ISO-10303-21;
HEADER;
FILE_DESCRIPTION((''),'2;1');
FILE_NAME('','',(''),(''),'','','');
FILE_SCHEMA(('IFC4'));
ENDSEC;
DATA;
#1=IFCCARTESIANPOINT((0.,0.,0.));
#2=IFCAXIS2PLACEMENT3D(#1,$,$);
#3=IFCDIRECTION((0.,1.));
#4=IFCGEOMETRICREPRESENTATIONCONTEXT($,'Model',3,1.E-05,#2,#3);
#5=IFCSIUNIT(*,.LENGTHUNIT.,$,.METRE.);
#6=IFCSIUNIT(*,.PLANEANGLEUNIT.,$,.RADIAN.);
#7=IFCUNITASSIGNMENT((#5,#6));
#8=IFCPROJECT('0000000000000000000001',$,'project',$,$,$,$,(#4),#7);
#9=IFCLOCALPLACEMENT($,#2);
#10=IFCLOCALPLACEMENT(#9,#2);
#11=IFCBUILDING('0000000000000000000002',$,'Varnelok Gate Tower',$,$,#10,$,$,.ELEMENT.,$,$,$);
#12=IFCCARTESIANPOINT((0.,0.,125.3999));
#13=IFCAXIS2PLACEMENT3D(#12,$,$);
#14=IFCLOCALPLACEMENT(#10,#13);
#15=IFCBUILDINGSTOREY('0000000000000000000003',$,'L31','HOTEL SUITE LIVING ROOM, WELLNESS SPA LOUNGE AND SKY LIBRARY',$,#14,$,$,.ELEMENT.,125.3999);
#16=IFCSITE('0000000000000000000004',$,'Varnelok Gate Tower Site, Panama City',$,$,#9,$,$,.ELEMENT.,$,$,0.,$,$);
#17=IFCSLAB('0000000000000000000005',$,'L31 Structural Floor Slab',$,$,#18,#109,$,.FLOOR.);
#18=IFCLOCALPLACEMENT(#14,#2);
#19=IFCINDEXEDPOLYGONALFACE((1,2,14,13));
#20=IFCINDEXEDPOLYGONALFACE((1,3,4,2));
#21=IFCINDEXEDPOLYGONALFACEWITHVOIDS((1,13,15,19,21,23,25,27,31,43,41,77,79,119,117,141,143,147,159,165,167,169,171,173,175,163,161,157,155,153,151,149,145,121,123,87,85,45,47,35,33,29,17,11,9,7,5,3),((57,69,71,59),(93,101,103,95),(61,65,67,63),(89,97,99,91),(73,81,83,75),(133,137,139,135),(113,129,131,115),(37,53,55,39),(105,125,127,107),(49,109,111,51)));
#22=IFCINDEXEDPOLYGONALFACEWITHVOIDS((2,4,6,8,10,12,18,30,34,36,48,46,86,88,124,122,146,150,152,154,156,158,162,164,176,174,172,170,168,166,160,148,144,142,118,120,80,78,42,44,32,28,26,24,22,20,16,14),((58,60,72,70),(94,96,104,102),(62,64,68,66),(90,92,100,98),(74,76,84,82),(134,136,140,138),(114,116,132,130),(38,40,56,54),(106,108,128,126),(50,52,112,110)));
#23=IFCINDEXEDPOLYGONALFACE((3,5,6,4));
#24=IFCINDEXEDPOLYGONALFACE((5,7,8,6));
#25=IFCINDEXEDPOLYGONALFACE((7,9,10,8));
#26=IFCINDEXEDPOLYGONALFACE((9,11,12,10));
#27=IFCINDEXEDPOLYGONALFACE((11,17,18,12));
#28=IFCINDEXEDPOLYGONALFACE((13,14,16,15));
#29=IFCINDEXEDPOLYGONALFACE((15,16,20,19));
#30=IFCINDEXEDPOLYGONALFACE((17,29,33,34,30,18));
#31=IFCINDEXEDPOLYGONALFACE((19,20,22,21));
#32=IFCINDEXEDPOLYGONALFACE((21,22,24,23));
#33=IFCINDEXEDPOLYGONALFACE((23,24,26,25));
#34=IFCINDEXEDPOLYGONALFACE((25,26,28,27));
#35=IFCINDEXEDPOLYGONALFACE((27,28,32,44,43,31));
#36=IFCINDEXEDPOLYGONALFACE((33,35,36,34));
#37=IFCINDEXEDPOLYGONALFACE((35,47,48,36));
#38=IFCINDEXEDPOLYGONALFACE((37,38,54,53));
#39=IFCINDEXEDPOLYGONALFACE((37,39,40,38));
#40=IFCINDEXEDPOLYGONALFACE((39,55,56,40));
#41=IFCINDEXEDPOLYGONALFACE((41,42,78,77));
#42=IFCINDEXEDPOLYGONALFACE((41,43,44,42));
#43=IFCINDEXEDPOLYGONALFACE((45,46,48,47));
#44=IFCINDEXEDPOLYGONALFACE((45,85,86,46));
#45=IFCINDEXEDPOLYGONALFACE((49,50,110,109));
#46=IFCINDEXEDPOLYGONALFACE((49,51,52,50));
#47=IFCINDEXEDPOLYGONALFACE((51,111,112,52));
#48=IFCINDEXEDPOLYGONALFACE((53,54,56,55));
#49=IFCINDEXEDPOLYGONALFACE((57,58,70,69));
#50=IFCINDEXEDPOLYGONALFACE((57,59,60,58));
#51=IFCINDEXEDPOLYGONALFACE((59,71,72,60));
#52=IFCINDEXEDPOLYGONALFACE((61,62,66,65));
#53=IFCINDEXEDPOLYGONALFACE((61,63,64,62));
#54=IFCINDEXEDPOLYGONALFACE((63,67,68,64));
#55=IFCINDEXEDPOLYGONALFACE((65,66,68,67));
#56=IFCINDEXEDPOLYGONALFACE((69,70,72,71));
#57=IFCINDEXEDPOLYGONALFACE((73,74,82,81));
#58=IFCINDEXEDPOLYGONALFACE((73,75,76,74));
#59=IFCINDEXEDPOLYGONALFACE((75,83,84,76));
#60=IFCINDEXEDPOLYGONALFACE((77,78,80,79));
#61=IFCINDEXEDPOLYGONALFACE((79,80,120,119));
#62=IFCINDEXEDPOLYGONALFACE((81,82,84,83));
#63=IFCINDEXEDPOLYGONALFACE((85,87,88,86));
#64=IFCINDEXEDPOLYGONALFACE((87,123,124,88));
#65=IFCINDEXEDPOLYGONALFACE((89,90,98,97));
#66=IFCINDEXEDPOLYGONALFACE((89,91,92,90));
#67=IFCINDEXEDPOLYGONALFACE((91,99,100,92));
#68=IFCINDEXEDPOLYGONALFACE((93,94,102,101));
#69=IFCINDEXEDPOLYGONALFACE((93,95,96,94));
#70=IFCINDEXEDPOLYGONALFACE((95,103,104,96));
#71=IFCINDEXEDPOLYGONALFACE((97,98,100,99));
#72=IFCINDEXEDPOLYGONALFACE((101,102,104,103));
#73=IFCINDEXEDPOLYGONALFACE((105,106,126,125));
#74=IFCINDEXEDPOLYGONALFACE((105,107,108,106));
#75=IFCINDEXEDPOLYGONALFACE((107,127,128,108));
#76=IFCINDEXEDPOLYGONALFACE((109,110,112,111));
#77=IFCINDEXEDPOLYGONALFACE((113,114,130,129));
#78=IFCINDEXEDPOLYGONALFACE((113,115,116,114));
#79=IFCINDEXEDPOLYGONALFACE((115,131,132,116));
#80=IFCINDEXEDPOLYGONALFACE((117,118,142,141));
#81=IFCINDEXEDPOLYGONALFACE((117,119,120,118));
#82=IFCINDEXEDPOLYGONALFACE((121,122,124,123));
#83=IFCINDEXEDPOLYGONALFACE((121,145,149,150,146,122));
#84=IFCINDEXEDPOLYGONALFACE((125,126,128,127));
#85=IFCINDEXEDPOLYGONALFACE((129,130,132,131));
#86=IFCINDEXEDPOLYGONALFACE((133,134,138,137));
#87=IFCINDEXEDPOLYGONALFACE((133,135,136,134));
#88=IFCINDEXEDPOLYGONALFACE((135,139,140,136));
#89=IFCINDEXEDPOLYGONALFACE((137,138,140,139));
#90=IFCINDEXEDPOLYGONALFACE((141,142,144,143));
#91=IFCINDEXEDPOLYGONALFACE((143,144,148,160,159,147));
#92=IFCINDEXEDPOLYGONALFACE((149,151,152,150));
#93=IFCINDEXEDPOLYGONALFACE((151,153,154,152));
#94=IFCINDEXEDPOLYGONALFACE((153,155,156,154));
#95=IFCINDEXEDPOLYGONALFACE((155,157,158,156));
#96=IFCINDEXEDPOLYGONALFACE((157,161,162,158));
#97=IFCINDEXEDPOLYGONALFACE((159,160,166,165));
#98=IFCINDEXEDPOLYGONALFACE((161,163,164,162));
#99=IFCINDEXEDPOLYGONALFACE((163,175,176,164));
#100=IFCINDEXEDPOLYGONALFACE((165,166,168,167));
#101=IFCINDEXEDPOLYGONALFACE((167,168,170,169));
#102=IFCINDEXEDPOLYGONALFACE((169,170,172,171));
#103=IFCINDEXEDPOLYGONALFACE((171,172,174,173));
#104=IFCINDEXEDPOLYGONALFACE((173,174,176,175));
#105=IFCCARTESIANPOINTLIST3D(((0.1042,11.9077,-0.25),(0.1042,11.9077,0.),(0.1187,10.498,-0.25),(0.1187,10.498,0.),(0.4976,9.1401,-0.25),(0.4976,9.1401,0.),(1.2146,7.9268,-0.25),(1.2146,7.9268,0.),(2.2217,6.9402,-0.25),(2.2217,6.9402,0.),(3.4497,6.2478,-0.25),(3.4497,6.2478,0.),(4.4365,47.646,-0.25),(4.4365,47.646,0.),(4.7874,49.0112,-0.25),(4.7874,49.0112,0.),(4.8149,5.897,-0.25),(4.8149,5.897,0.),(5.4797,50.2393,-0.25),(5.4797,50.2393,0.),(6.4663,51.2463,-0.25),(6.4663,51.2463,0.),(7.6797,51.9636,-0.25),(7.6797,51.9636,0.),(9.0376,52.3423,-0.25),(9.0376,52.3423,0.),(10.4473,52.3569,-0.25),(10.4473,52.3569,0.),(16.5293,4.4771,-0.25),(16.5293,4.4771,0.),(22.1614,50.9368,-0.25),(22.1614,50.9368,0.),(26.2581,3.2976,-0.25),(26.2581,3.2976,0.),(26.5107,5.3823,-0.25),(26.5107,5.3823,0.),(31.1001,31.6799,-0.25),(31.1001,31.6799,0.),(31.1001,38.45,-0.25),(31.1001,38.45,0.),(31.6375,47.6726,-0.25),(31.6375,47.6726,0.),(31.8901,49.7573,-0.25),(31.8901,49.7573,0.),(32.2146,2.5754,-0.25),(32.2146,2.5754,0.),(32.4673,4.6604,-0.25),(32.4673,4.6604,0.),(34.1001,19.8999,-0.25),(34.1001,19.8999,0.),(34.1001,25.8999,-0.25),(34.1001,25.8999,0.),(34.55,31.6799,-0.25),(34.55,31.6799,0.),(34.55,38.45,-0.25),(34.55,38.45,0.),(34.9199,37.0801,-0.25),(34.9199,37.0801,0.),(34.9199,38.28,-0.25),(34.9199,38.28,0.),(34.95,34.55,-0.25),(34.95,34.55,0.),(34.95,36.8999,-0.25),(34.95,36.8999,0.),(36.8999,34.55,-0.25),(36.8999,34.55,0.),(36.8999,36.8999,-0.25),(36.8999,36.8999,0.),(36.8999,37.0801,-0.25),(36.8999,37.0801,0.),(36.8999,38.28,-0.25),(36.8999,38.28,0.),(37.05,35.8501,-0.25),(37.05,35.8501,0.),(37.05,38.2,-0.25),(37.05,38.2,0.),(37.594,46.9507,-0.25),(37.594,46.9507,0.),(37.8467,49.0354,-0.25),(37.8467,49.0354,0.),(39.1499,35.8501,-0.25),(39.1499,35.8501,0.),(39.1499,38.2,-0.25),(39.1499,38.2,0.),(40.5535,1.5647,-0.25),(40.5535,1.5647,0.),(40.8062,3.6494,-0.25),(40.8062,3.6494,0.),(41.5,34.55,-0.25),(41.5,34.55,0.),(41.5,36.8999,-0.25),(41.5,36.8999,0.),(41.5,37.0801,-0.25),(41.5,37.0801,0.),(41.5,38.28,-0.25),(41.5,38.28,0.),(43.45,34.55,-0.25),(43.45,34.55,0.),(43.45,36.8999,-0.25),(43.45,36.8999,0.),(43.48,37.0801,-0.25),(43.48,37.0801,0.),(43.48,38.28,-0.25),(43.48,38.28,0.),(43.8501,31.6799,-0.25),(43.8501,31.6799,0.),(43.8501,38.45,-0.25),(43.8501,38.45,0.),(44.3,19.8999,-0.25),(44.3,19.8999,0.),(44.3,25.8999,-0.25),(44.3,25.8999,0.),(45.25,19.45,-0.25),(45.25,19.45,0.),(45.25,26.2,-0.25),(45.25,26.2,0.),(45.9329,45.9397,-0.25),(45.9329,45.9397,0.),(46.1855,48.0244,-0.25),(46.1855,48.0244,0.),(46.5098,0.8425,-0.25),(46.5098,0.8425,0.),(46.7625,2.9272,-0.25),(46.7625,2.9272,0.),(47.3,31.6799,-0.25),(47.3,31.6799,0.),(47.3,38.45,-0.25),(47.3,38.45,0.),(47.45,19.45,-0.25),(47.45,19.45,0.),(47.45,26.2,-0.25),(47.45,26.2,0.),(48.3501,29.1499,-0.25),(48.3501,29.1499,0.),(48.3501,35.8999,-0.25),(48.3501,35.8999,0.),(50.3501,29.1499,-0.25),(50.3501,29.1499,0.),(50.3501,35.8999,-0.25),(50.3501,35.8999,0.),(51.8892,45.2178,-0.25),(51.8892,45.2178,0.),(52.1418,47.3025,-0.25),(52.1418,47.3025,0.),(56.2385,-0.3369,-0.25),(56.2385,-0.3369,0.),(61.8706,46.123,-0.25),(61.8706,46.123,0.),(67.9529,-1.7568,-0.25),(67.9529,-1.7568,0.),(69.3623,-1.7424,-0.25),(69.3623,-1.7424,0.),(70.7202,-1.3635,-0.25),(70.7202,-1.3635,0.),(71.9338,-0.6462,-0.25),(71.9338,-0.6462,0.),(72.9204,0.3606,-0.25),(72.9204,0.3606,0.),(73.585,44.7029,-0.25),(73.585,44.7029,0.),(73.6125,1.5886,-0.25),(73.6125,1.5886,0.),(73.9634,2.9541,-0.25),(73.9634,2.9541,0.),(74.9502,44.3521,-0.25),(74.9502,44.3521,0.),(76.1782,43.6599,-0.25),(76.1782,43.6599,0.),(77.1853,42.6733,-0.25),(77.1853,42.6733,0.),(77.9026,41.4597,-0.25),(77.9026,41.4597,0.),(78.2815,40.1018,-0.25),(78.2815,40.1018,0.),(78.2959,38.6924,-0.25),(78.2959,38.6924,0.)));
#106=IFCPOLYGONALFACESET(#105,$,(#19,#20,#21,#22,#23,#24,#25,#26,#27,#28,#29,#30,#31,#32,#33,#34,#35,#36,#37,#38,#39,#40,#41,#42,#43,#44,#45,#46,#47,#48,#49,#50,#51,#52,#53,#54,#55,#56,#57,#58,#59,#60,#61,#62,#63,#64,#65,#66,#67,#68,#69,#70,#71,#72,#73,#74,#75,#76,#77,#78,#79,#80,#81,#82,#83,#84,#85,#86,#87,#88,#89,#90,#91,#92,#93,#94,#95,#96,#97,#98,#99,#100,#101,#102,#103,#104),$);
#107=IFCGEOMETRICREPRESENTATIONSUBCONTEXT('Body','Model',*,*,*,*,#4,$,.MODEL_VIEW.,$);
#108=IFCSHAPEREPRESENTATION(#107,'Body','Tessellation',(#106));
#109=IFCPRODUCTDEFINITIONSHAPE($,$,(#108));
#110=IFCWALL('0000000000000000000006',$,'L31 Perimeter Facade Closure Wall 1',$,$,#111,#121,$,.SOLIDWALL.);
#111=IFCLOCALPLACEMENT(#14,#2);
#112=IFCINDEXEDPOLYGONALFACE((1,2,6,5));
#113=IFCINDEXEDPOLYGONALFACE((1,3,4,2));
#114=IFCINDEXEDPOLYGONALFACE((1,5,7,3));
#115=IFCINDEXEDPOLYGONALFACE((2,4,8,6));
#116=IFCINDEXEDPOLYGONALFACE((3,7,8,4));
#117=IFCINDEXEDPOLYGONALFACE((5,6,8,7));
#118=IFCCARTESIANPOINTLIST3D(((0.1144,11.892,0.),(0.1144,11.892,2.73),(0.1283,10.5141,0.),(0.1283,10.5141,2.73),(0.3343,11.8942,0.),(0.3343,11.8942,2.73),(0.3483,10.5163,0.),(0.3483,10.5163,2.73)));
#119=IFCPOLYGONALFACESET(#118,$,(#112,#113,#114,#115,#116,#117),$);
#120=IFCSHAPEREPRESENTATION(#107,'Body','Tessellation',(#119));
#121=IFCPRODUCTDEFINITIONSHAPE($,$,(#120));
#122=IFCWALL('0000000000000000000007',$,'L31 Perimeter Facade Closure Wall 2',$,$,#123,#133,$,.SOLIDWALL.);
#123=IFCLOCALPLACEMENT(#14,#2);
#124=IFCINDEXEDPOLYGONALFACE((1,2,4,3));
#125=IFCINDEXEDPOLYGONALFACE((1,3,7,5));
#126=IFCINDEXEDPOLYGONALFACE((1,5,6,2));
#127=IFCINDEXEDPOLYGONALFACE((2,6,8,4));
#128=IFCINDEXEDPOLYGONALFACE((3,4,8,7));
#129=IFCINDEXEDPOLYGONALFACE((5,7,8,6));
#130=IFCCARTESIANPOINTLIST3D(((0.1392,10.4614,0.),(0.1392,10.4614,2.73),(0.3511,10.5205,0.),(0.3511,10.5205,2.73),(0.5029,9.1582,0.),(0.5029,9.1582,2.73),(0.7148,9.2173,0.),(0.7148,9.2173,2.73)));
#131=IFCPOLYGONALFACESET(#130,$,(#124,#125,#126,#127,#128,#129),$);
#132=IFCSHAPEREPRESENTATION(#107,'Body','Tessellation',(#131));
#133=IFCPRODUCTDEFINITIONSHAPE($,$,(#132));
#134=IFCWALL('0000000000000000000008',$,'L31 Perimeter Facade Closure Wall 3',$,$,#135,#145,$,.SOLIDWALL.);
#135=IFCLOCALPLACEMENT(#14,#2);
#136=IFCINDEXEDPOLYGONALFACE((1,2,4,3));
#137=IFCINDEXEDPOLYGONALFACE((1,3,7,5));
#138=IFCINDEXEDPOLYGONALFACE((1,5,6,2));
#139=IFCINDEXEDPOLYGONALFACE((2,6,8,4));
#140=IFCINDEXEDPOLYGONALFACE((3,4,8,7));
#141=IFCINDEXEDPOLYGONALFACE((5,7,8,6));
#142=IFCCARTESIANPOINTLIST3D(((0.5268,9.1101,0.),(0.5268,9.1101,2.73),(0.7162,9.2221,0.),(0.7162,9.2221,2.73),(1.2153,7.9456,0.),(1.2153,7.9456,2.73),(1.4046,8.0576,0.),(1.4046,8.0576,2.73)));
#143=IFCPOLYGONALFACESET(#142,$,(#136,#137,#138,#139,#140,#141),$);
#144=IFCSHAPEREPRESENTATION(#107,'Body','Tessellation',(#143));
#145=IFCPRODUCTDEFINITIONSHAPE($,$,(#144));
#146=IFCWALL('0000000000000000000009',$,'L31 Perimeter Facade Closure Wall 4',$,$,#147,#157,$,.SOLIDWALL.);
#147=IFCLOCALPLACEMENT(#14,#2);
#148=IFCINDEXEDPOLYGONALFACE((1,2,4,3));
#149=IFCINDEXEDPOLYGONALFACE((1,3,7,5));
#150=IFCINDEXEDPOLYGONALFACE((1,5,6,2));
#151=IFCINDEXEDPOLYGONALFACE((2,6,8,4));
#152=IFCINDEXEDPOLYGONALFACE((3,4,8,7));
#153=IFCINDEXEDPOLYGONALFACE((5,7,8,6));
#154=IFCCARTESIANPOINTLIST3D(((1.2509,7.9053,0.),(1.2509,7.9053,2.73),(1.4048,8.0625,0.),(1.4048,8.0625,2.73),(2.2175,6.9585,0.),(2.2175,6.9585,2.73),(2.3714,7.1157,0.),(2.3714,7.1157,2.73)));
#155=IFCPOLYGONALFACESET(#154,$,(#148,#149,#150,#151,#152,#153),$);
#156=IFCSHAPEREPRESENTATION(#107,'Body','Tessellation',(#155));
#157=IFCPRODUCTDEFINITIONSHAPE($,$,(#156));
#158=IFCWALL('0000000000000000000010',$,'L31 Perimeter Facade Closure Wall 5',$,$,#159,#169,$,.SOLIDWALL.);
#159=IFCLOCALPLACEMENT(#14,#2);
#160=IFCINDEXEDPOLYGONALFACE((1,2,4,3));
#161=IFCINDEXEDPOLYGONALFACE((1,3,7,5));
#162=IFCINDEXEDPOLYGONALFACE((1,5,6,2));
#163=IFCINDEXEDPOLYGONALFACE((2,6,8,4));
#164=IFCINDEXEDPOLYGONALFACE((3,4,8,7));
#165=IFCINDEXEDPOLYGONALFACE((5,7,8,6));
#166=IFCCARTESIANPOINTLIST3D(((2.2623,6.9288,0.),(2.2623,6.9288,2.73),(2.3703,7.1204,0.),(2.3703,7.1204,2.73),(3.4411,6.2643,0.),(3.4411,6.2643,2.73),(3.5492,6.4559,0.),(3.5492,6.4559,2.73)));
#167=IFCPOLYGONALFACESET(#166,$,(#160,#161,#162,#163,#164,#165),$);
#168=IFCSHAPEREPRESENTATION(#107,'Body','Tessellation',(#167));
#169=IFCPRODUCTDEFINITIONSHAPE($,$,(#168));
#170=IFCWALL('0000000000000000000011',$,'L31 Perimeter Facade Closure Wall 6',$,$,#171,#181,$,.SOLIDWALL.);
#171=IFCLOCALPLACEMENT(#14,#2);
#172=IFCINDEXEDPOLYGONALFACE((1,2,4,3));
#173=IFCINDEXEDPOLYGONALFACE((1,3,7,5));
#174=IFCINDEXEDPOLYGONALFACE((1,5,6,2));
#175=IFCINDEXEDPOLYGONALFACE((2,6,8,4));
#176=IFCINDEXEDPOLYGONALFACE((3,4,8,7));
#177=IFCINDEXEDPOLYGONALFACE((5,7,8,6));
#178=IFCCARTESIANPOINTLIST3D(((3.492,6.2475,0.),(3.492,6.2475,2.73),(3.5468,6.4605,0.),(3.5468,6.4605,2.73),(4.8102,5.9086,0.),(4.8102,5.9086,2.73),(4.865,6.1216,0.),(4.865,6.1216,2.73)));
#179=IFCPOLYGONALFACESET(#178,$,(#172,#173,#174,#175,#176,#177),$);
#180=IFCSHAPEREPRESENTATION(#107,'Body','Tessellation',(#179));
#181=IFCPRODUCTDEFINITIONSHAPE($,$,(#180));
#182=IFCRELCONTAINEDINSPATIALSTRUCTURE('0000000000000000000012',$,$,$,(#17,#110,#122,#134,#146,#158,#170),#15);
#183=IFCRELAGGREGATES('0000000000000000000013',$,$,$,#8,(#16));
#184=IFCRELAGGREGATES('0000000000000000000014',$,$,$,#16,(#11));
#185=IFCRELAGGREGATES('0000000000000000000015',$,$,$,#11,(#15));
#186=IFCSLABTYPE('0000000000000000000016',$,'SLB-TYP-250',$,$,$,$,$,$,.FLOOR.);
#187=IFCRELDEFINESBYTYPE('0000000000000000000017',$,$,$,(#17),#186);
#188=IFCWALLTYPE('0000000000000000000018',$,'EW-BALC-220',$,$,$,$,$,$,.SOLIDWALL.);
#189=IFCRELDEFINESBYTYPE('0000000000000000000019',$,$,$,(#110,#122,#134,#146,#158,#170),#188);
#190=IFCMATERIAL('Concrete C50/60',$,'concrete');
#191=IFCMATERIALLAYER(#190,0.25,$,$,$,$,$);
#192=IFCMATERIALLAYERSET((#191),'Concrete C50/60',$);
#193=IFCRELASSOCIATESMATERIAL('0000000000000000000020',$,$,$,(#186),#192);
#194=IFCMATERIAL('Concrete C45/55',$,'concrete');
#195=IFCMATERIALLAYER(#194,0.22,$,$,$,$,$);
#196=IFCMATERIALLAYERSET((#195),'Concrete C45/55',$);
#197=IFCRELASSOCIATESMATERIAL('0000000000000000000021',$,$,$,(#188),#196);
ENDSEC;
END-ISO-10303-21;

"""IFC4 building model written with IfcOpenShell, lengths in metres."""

from ifc_helpers import new_model, si_unit, direction, frame, frame_2d, origin, place, context, subcontext, project, spatial, polyline, rectangle, outline, extrude, material, layer, layer_set, type_object, element, save


model = new_model("IFC4")

# Units and contexts
model_context = context("Model", 3, precision=1e-05, world=origin(), true_north=direction((0.0, 1.0)))
body_context = subcontext(model_context, "Body", "Model", "MODEL_VIEW")
ifc_project = project(units=[si_unit("LENGTHUNIT", "METRE"), si_unit("PLANEANGLEUNIT", "RADIAN")], contexts=[model_context])

# Site, building, storey
site_placement = place(None, origin())
site = spatial("IfcSite", under=ifc_project, at=site_placement, Name="Varnelok Gate Tower Site, Panama City", CompositionType="ELEMENT", RefElevation=0.0)
building_placement = place(site_placement, origin())
building = spatial("IfcBuilding", under=site, at=building_placement, Name="Varnelok Gate Tower", CompositionType="ELEMENT")
storey_placement = place(building_placement, frame((0.0, 0.0, 125.3999)))
storey = spatial("IfcBuildingStorey", under=building, at=storey_placement, Name="L31", Description="HOTEL SUITE LIVING ROOM, WELLNESS SPA LOUNGE AND SKY LIBRARY", CompositionType="ELEMENT", Elevation=125.3999)

# Shared definitions
ifc_material_1 = material(Name="Concrete C45/55", Category="concrete")

# Shared definitions
ifc_material_2 = material(Name="Concrete C50/60", Category="concrete")

# Slab
ifc_layer_1 = layer(ifc_material_2, 0.25)
ifc_layer_set_1 = layer_set([ifc_layer_1], Name="Concrete C50/60")
slab_type_1 = type_object("IfcSlabType", Name="SLB-TYP-250", PredefinedType="FLOOR", material=ifc_layer_set_1)
slab_1_placement = place(storey_placement, frame((0.0, 0.0, -0.25)))
element("IfcSlab", 1, at=slab_1_placement, inside=storey, type_object=slab_type_1, Name="L31 Structural Floor Slab", PredefinedType="FLOOR", context=body_context, shape_type="SweptSolid", body=[
    extrude(outline(polyline([(0.1042, 11.9077), (0.1187, 10.498), (0.4976, 9.1401), (1.2146, 7.9268), (2.2217, 6.9402), (3.4497, 6.2478), (4.8149, 5.897), (16.5293, 4.4771), (26.2581, 3.2976), (26.5107, 5.3823), (32.4673, 4.6604), (32.2146, 2.5754), (40.5535, 1.5647), (40.8062, 3.6494), (46.7625, 2.9272), (46.5098, 0.8425), (56.2385, -0.3369), (67.9529, -1.7568), (69.3623, -1.7424), (70.7202, -1.3635), (71.9338, -0.6462), (72.9204, 0.3606), (73.6125, 1.5886), (73.9634, 2.9541), (78.2959, 38.6924), (78.2815, 40.1018), (77.9026, 41.4597), (77.1853, 42.6733), (76.1782, 43.6599), (74.9502, 44.3521), (73.585, 44.7029), (61.8706, 46.123), (52.1418, 47.3025), (51.8892, 45.2178), (45.9329, 45.9397), (46.1855, 48.0244), (37.8467, 49.0354), (37.594, 46.9507), (31.6375, 47.6726), (31.8901, 49.7573), (22.1614, 50.9368), (10.4473, 52.3569), (9.0376, 52.3423), (7.6797, 51.9636), (6.4663, 51.2463), (5.4797, 50.2393), (4.7874, 49.0112), (4.4365, 47.646), (0.1042, 11.9077)]), holes=[polyline([(34.55, 31.6799), (34.55, 38.45), (31.1001, 38.45), (31.1001, 31.6799), (34.55, 31.6799)]), polyline([(47.3, 31.6799), (47.3, 38.45), (43.8501, 38.45), (43.8501, 31.6799), (47.3, 31.6799)]), polyline([(34.95, 34.55), (36.8999, 34.55), (36.8999, 36.8999), (34.95, 36.8999), (34.95, 34.55)]), polyline([(41.5, 34.55), (43.45, 34.55), (43.45, 36.8999), (41.5, 36.8999), (41.5, 34.55)]), polyline([(37.05, 35.8501), (39.1499, 35.8501), (39.1499, 38.2), (37.05, 38.2), (37.05, 35.8501)]), polyline([(48.3501, 29.1499), (50.3501, 29.1499), (50.3501, 35.8999), (48.3501, 35.8999), (48.3501, 29.1499)]), polyline([(45.25, 19.45), (47.45, 19.45), (47.45, 26.2), (45.25, 26.2), (45.25, 19.45)]), polyline([(34.9199, 37.0801), (36.8999, 37.0801), (36.8999, 38.28), (34.9199, 38.28), (34.9199, 37.0801)]), polyline([(41.5, 37.0801), (43.48, 37.0801), (43.48, 38.28), (41.5, 38.28), (41.5, 37.0801)]), polyline([(34.1001, 19.8999), (44.3, 19.8999), (44.3, 25.8999), (34.1001, 25.8999), (34.1001, 19.8999)])]), origin(), (0.0, 0.0, 1.0), 0.25),
])

# Walls
ifc_layer_2 = layer(ifc_material_1, 0.22)
ifc_layer_set_2 = layer_set([ifc_layer_2], Name="Concrete C45/55")
wall_type_1 = type_object("IfcWallType", Name="EW-BALC-220", PredefinedType="SOLIDWALL", material=ifc_layer_set_2)
wall_1_placement = place(storey_placement, frame((0.2244, 11.8931, 0.0), z_axis=(0.0, 0.0, 1.0), x_axis=(0.010099, -0.999949, 0.0)))
element("IfcWall", 2, at=wall_1_placement, inside=storey, type_object=wall_type_1, Name="L31 Perimeter Facade Closure Wall 1", PredefinedType="SOLIDWALL", context=body_context, shape_type="SweptSolid", body=[
    extrude(rectangle(XDim=1.3779, YDim=0.22, at=frame_2d((0.689, 0.0))), origin(), (0.0, 0.0, 1.0), 2.73),
])
wall_2_placement = place(storey_placement, frame((0.2451, 10.491, 0.0), z_axis=(0.0, 0.0, 1.0), x_axis=(0.268853, -0.963181, 0.0)))
element("IfcWall", 3, at=wall_2_placement, inside=storey, type_object=wall_type_1, Name="L31 Perimeter Facade Closure Wall 2", PredefinedType="SOLIDWALL", context=body_context, shape_type="SweptSolid", body=[
    extrude(rectangle(XDim=1.353, YDim=0.22, at=frame_2d((0.6765, 0.0))), origin(), (0.0, 0.0, 1.0), 2.73),
])
wall_3_placement = place(storey_placement, frame((0.6216, 9.166, 0.0), z_axis=(0.0, 0.0, 1.0), x_axis=(0.508912, -0.860819, 0.0)))
element("IfcWall", 4, at=wall_3_placement, inside=storey, type_object=wall_type_1, Name="L31 Perimeter Facade Closure Wall 3", PredefinedType="SOLIDWALL", context=body_context, shape_type="SweptSolid", body=[
    extrude(rectangle(XDim=1.3528, YDim=0.22, at=frame_2d((0.6763, 0.0))), origin(), (0.0, 0.0, 1.0), 2.73),
])
wall_4_placement = place(storey_placement, frame((1.3279, 7.9839, 0.0), z_axis=(0.0, 0.0, 1.0), x_axis=(0.714377, -0.699761, 0.0)))
element("IfcWall", 5, at=wall_4_placement, inside=storey, type_object=wall_type_1, Name="L31 Perimeter Facade Closure Wall 4", PredefinedType="SOLIDWALL", context=body_context, shape_type="SweptSolid", body=[
    extrude(rectangle(XDim=1.353, YDim=0.22, at=frame_2d((0.6765, 0.0))), origin(), (0.0, 0.0, 1.0), 2.73),
])
wall_5_placement = place(storey_placement, frame((2.3162, 7.0247, 0.0), z_axis=(0.0, 0.0, 1.0), x_axis=(0.871137, -0.49104, 0.0)))
element("IfcWall", 6, at=wall_5_placement, inside=storey, type_object=wall_type_1, Name="L31 Perimeter Facade Closure Wall 5", PredefinedType="SOLIDWALL", context=body_context, shape_type="SweptSolid", body=[
    extrude(rectangle(XDim=1.3533, YDim=0.22, at=frame_2d((0.6768, 0.0))), origin(), (0.0, 0.0, 1.0), 2.73),
])
wall_6_placement = place(storey_placement, frame((3.5193, 6.354, 0.0), z_axis=(0.0, 0.0, 1.0), x_axis=(0.968507, -0.248988, 0.0)))
element("IfcWall", 7, at=wall_6_placement, inside=storey, type_object=wall_type_1, Name="L31 Perimeter Facade Closure Wall 6", PredefinedType="SOLIDWALL", context=body_context, shape_type="SweptSolid", body=[
    extrude(rectangle(XDim=1.3611, YDim=0.22, at=frame_2d((0.6807, 0.0))), origin(), (0.0, 0.0, 1.0), 2.73),
])

save(model, "model.ifc")
